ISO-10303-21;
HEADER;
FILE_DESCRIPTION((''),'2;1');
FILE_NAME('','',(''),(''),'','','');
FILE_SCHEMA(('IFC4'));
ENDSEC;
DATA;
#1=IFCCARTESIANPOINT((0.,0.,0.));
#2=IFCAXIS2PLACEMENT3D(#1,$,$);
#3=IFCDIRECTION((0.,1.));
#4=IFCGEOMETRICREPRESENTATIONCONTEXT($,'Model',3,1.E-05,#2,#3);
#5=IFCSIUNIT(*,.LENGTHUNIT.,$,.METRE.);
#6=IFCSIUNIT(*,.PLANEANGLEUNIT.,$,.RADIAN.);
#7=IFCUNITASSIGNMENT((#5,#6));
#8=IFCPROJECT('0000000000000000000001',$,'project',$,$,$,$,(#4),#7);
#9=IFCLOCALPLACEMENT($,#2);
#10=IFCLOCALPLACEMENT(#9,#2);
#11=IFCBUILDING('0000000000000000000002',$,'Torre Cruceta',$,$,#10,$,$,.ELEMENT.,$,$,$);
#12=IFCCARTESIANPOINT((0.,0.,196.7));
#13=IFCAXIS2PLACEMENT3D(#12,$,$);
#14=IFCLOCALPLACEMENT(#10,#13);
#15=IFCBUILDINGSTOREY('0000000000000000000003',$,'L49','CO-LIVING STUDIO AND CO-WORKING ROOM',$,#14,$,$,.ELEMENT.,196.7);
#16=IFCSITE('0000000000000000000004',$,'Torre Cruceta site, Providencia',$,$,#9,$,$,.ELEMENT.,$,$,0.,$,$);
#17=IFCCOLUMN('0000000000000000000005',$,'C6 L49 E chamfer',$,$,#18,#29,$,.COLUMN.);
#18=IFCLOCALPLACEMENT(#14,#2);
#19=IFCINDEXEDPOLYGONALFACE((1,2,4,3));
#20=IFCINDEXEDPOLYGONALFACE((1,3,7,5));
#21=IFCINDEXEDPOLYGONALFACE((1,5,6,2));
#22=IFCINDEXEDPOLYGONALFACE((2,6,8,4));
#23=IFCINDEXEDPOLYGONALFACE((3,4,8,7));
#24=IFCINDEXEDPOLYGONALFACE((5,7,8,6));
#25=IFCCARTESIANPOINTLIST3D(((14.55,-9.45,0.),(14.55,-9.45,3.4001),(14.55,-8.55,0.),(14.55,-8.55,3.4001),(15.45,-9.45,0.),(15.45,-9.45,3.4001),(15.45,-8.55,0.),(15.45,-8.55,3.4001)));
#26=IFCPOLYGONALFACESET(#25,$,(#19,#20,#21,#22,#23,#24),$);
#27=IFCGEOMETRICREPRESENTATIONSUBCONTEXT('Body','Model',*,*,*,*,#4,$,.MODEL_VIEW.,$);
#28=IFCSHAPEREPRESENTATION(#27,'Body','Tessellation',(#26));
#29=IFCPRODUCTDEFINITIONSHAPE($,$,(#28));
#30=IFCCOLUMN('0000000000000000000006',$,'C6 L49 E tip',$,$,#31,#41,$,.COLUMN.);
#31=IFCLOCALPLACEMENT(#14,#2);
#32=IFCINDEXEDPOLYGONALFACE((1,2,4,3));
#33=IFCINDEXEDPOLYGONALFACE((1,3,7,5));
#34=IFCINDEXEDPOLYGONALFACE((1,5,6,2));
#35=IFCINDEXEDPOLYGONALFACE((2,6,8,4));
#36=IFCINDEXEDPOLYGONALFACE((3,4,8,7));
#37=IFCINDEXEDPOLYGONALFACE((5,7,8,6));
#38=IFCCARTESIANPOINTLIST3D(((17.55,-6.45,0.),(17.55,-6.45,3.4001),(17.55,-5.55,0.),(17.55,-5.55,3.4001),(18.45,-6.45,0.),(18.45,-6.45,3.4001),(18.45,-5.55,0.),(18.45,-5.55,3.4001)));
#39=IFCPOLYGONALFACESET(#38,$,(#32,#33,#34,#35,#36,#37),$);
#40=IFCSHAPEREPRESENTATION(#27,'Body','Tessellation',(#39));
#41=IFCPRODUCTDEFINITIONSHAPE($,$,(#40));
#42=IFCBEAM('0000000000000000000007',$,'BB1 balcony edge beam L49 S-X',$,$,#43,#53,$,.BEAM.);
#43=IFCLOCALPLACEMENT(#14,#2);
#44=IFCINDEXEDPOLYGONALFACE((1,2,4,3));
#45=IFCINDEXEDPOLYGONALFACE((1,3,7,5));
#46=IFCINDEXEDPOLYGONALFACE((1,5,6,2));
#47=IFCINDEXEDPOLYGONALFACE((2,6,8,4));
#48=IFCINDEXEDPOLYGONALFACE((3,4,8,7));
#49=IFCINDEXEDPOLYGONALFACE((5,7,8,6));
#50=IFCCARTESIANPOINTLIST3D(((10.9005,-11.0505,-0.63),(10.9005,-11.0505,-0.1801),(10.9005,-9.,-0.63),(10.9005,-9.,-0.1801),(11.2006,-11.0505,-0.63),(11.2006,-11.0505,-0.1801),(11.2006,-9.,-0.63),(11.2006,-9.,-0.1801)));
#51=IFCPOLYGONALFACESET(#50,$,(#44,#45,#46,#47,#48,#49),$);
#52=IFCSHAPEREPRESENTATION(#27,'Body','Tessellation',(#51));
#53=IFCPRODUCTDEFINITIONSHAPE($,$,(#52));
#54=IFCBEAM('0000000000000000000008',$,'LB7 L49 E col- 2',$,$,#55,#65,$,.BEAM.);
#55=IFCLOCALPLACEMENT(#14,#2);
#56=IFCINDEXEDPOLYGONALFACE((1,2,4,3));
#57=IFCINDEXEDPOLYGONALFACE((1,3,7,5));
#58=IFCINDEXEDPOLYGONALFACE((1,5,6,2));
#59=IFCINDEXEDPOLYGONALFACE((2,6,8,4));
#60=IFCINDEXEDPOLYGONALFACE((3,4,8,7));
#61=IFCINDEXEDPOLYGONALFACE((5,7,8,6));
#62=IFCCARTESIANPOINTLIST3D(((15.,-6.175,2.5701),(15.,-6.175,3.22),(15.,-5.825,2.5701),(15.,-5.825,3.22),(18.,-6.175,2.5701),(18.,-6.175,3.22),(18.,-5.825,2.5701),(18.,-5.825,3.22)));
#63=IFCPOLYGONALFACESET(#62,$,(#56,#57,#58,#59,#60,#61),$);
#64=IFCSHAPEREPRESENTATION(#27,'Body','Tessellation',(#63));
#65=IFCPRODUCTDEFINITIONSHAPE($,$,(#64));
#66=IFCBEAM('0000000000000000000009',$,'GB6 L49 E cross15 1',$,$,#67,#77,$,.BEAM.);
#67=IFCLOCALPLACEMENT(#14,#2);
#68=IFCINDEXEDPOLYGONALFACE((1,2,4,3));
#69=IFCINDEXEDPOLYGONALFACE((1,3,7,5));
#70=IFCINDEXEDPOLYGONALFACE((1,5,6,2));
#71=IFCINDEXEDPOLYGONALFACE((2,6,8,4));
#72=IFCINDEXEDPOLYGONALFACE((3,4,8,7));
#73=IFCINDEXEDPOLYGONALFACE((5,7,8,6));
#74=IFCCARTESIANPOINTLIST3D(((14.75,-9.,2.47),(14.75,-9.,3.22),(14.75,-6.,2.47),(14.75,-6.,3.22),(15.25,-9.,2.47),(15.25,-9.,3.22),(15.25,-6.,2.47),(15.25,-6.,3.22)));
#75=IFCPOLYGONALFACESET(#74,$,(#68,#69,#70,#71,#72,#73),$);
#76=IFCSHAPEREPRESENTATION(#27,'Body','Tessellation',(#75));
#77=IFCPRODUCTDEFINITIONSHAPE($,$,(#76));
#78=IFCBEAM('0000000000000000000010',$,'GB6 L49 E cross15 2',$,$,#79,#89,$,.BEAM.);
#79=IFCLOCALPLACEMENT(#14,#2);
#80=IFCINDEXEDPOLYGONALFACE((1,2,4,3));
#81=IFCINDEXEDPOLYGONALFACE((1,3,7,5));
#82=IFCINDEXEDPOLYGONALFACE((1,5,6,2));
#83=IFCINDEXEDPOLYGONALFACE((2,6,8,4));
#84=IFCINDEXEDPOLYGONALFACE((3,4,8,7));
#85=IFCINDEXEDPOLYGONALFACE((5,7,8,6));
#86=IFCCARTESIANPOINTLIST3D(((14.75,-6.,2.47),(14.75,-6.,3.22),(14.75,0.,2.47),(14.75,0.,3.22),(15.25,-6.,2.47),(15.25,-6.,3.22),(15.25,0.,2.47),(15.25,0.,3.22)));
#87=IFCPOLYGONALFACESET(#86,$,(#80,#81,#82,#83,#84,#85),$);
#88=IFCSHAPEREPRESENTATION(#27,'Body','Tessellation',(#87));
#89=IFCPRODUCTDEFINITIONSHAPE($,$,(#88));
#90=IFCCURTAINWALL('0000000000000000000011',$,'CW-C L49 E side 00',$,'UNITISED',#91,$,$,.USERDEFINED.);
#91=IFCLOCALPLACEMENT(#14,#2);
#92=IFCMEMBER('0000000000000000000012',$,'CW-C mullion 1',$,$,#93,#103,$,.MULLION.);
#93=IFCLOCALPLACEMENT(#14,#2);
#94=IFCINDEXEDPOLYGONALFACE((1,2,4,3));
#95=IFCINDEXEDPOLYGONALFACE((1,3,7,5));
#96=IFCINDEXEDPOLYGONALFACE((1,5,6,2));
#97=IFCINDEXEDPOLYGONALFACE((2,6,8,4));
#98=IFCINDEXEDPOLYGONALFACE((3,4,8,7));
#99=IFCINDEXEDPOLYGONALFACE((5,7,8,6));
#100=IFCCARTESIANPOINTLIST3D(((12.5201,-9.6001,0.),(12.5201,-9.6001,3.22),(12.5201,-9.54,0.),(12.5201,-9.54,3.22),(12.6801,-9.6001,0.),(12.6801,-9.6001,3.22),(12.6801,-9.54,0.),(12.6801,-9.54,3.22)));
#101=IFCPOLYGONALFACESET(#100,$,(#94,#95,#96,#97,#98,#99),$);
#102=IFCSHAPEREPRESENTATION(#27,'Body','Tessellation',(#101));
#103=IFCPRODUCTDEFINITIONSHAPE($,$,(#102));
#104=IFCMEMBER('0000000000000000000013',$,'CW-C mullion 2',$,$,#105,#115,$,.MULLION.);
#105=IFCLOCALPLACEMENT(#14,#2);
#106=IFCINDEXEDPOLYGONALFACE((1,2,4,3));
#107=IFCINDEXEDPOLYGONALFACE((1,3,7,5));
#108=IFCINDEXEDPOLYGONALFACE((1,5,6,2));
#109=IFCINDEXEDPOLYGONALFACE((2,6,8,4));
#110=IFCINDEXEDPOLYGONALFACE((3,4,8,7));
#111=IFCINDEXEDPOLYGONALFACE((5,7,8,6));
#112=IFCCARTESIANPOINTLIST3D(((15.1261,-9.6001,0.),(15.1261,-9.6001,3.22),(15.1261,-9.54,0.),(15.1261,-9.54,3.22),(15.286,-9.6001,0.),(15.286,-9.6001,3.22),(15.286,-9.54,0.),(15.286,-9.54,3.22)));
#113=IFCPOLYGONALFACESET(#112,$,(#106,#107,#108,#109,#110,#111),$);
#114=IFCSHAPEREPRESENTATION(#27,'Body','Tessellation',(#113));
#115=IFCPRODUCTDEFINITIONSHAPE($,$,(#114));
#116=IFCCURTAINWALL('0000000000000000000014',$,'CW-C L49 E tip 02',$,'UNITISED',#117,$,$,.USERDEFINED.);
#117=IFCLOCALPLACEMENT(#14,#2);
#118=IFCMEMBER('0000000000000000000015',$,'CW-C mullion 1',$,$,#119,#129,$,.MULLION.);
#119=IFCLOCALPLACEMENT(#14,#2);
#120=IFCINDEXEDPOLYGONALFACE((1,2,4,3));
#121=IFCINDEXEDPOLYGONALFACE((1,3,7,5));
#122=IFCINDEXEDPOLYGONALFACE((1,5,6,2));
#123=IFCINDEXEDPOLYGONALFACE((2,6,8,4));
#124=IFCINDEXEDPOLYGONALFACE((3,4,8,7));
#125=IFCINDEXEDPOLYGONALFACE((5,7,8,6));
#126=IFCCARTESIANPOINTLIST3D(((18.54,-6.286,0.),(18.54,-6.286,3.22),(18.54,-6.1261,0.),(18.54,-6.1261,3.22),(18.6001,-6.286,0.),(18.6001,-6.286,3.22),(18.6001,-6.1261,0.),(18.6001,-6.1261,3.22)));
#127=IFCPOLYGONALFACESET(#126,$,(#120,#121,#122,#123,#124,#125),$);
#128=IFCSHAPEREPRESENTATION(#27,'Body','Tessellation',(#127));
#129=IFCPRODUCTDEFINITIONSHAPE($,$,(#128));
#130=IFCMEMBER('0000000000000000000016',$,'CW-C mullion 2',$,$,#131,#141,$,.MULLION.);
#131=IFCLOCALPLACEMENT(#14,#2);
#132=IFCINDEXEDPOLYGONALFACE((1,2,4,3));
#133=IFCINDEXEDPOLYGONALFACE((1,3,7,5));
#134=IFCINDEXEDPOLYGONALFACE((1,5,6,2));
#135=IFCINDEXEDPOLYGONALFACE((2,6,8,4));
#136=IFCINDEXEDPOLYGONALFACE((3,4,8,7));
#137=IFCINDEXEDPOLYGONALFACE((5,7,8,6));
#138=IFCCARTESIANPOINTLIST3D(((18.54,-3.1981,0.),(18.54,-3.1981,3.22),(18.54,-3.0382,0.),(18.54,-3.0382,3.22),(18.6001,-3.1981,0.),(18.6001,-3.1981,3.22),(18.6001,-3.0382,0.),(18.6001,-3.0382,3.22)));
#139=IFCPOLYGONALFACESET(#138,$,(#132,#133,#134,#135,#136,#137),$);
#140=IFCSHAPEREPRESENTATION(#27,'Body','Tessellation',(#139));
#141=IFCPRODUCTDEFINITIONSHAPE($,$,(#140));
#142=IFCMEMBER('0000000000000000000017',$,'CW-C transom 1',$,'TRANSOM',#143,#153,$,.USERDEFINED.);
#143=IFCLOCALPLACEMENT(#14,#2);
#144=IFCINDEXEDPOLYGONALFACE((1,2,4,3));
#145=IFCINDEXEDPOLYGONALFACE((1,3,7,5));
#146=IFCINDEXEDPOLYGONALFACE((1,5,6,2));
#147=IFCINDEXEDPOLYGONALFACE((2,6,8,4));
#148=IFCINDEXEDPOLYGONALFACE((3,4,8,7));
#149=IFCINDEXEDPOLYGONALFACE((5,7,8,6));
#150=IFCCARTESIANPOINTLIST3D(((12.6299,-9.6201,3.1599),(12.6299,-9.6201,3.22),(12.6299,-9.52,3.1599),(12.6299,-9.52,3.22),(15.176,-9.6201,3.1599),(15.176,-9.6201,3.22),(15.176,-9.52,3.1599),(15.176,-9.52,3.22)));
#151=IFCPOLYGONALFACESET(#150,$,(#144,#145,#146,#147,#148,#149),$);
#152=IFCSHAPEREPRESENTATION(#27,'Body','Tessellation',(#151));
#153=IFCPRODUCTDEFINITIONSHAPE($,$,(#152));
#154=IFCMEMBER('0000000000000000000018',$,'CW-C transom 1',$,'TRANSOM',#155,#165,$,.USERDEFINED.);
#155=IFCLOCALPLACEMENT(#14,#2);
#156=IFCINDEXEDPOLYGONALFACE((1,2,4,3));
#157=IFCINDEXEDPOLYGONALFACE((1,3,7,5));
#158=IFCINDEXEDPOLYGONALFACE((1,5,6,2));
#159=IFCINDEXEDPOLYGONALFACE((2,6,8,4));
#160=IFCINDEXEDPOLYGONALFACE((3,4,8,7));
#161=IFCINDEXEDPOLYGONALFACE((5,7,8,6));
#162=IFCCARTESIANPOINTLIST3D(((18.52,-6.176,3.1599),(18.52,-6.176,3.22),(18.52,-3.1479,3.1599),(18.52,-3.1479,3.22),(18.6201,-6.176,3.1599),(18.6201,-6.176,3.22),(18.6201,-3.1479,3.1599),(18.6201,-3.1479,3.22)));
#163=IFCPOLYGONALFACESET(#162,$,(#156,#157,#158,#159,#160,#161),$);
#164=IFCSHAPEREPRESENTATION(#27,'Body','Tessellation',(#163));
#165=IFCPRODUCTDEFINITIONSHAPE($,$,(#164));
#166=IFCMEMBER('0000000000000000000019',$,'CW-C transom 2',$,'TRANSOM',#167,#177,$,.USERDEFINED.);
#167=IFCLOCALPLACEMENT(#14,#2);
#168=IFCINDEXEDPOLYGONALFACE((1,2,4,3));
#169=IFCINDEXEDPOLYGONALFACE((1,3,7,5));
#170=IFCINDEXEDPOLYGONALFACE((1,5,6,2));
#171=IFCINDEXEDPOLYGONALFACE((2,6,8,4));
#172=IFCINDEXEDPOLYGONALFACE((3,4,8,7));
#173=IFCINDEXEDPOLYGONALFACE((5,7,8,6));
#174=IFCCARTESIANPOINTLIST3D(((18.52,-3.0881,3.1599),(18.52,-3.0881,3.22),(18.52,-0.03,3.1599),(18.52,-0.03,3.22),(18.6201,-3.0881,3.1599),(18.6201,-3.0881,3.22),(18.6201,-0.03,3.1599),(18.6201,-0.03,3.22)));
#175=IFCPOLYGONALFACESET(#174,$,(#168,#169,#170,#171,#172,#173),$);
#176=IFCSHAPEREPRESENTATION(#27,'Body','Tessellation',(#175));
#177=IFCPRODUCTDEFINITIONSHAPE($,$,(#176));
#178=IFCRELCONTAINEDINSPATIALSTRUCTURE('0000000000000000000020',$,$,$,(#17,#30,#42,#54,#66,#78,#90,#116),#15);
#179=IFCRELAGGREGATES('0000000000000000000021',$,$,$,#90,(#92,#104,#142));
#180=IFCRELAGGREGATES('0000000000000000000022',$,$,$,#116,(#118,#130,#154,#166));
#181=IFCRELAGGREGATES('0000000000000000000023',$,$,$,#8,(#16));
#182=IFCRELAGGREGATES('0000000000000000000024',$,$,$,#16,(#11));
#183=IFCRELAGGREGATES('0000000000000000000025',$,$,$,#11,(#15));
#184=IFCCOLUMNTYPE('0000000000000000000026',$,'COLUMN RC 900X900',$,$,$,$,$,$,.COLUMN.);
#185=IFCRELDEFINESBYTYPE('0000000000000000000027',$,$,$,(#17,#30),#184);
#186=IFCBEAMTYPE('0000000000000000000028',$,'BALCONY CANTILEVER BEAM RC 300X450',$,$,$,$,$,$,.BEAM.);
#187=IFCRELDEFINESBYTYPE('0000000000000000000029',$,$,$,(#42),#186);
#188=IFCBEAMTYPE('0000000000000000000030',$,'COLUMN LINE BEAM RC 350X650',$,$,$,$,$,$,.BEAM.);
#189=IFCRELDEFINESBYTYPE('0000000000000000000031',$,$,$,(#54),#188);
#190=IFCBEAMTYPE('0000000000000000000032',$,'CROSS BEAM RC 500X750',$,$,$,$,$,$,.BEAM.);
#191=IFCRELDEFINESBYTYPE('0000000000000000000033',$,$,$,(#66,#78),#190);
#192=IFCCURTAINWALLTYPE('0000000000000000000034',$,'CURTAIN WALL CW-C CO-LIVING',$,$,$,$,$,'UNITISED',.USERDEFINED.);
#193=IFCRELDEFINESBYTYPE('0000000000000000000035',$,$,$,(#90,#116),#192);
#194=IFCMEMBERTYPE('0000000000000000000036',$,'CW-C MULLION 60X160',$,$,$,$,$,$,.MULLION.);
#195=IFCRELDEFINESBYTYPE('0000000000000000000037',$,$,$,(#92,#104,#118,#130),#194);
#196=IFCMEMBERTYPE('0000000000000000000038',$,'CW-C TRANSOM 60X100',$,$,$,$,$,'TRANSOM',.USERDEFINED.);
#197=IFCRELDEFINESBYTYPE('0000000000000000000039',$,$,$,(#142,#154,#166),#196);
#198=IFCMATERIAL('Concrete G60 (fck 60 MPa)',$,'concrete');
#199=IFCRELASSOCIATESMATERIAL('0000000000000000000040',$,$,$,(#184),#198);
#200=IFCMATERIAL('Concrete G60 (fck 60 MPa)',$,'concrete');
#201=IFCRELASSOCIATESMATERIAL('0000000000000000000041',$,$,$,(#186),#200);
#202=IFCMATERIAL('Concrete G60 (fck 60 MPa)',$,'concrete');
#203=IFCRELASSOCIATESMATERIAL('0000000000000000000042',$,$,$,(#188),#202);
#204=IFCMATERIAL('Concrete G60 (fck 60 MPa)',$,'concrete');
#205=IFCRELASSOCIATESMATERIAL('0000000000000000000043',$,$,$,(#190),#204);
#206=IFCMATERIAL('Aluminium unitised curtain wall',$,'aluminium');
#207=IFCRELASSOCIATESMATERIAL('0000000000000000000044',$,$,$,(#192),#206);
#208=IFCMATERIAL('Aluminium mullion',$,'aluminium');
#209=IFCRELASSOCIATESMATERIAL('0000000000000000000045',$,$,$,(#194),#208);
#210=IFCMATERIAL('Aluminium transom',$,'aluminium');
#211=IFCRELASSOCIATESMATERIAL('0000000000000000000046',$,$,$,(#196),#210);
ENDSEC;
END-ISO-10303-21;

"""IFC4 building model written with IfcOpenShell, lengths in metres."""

from ifc_helpers import new_model, si_unit, direction, frame, origin, origin_2d, place, context, subcontext, project, spatial, rectangle, extrude, material, material_profile, profile_set, type_object, element, aggregate, save


model = new_model("IFC4")

# Units and contexts
model_context = context("Model", 3, precision=1e-05, world=origin(), true_north=direction((0.0, 1.0)))
body_context = subcontext(model_context, "Body", "Model", "MODEL_VIEW")
ifc_project = project(units=[si_unit("LENGTHUNIT", "METRE"), si_unit("PLANEANGLEUNIT", "RADIAN")], contexts=[model_context])

# Site, building, storey
site_placement = place(None, origin())
site = spatial("IfcSite", under=ifc_project, at=site_placement, Name="Torre Cruceta site, Providencia", CompositionType="ELEMENT", RefElevation=0.0)
building_placement = place(site_placement, origin())
building = spatial("IfcBuilding", under=site, at=building_placement, Name="Torre Cruceta", CompositionType="ELEMENT")
storey_placement = place(building_placement, frame((0.0, 0.0, 196.7)))
storey = spatial("IfcBuildingStorey", under=building, at=storey_placement, Name="L49", Description="CO-LIVING STUDIO AND CO-WORKING ROOM", CompositionType="ELEMENT", Elevation=196.7)

# Columns
ifc_material_1 = material(Name="Concrete G60 (fck 60 MPa)", Category="concrete")
ifc_material_profile_1 = material_profile(ifc_material_1, rectangle(XDim=0.8999, YDim=0.8999, at=origin_2d()), Name="RC 900X900")
ifc_profile_set_1 = profile_set([ifc_material_profile_1], Name="Concrete G60 (fck 60 MPa)")
column_type = type_object("IfcColumnType", Name="COLUMN RC 900X900", PredefinedType="COLUMN", material=ifc_profile_set_1)
for number, where, z_axis, x_axis, name in (
    (1, (15.0, -9.0, 0.0), (0.0, 0.0, 1.0), (1.0, 0.0, 0.0), "C6 L49 E chamfer"),
    (2, (18.0, -6.0, 0.0), (0.0, 0.0, 1.0), (1.0, 0.0, 0.0), "C6 L49 E tip"),
):
    element("IfcColumn", number, at=place(storey_placement, frame(where, z_axis=z_axis, x_axis=x_axis)), inside=storey, type_object=column_type, Name=name, PredefinedType="COLUMN", context=body_context, shape_type="SweptSolid", body=[
        extrude(rectangle(XDim=0.8999, YDim=0.8999, at=origin_2d()), origin(), (0.0, 0.0, 1.0), 3.4001),
    ])

# Beams
ifc_material_2 = material(Name="Concrete G60 (fck 60 MPa)", Category="concrete")
ifc_material_profile_2 = material_profile(ifc_material_2, rectangle(XDim=0.3, YDim=0.45, at=origin_2d()), Name="RC 300X450")
ifc_profile_set_2 = profile_set([ifc_material_profile_2], Name="Concrete G60 (fck 60 MPa)")
beam_type_1 = type_object("IfcBeamType", Name="BALCONY CANTILEVER BEAM RC 300X450", PredefinedType="BEAM", material=ifc_profile_set_2)
beam_1_placement = place(storey_placement, frame((11.0505, -9.0, -0.405), z_axis=(0.0, -1.0, 0.0), x_axis=(1.0, 0.0, 0.0)))
element("IfcBeam", 3, at=beam_1_placement, inside=storey, type_object=beam_type_1, Name="BB1 balcony edge beam L49 S-X", PredefinedType="BEAM", context=body_context, shape_type="SweptSolid", body=[
    extrude(rectangle(XDim=0.3, YDim=0.45, at=origin_2d()), origin(), (0.0, 0.0, 1.0), 2.0505),
])
ifc_material_3 = material(Name="Concrete G60 (fck 60 MPa)", Category="concrete")
ifc_material_profile_3 = material_profile(ifc_material_3, rectangle(XDim=0.3501, YDim=0.6499, at=origin_2d()), Name="RC 350X650")
ifc_profile_set_3 = profile_set([ifc_material_profile_3], Name="Concrete G60 (fck 60 MPa)")
beam_type_2 = type_object("IfcBeamType", Name="COLUMN LINE BEAM RC 350X650", PredefinedType="BEAM", material=ifc_profile_set_3)
beam_2_placement = place(storey_placement, frame((15.0, -6.0, 2.895), z_axis=(1.0, 0.0, 0.0), x_axis=(0.0, 1.0, 0.0)))
element("IfcBeam", 4, at=beam_2_placement, inside=storey, type_object=beam_type_2, Name="LB7 L49 E col- 2", PredefinedType="BEAM", context=body_context, shape_type="SweptSolid", body=[
    extrude(rectangle(XDim=0.3501, YDim=0.6499, at=origin_2d()), origin(), (0.0, 0.0, 1.0), 3.0),
])
ifc_material_4 = material(Name="Concrete G60 (fck 60 MPa)", Category="concrete")
ifc_material_profile_4 = material_profile(ifc_material_4, rectangle(XDim=0.5, YDim=0.75, at=origin_2d()), Name="RC 500X750")
ifc_profile_set_4 = profile_set([ifc_material_profile_4], Name="Concrete G60 (fck 60 MPa)")
beam_type_3 = type_object("IfcBeamType", Name="CROSS BEAM RC 500X750", PredefinedType="BEAM", material=ifc_profile_set_4)
beam_3_placement = place(storey_placement, frame((15.0, -9.0, 2.845), z_axis=(0.0, 1.0, 0.0), x_axis=(-1.0, 0.0, 0.0)))
element("IfcBeam", 5, at=beam_3_placement, inside=storey, type_object=beam_type_3, Name="GB6 L49 E cross15 1", PredefinedType="BEAM", context=body_context, shape_type="SweptSolid", body=[
    extrude(rectangle(XDim=0.5, YDim=0.75, at=origin_2d()), origin(), (0.0, 0.0, 1.0), 3.0),
])
beam_4_placement = place(storey_placement, frame((15.0, -6.0, 2.845), z_axis=(0.0, 1.0, 0.0), x_axis=(-1.0, 0.0, 0.0)))
element("IfcBeam", 6, at=beam_4_placement, inside=storey, type_object=beam_type_3, Name="GB6 L49 E cross15 2", PredefinedType="BEAM", context=body_context, shape_type="SweptSolid", body=[
    extrude(rectangle(XDim=0.5, YDim=0.75, at=origin_2d()), origin(), (0.0, 0.0, 1.0), 6.0),
])

# Curtain walls, members
ifc_material_5 = material(Name="Aluminium unitised curtain wall", Category="aluminium")
curtain_wall_type = type_object("IfcCurtainWallType", Name="CURTAIN WALL CW-C CO-LIVING", ElementType="UNITISED", PredefinedType="USERDEFINED", material=ifc_material_5)
curtain_wall_1_placement = place(storey_placement, origin())
curtain_wall_1 = element("IfcCurtainWall", 7, at=curtain_wall_1_placement, inside=storey, type_object=curtain_wall_type, Name="CW-C L49 E side 00", ObjectType="UNITISED", PredefinedType="USERDEFINED")
ifc_material_6 = material(Name="Aluminium mullion", Category="aluminium")
ifc_material_profile_5 = material_profile(ifc_material_6, rectangle(XDim=0.0601, YDim=0.1599, at=origin_2d()), Name="AL 60X160")
ifc_profile_set_5 = profile_set([ifc_material_profile_5], Name="Aluminium mullion")
member_type_1 = type_object("IfcMemberType", Name="CW-C MULLION 60X160", PredefinedType="MULLION", material=ifc_profile_set_5)
member_1_placement = place(storey_placement, frame((12.6001, -9.5701, 0.0), z_axis=(0.0, 0.0, 1.0), x_axis=(0.0, 1.0, 0.0)))
member_1 = element("IfcMember", 8, at=member_1_placement, type_object=member_type_1, Name="CW-C mullion 1", PredefinedType="MULLION", context=body_context, shape_type="SweptSolid", body=[
    extrude(rectangle(XDim=0.0601, YDim=0.1599, at=origin_2d()), origin(), (0.0, 0.0, 1.0), 3.22),
])
member_2_placement = place(storey_placement, frame((15.2061, -9.5701, 0.0), z_axis=(0.0, 0.0, 1.0), x_axis=(0.0, 1.0, 0.0)))
member_2 = element("IfcMember", 9, at=member_2_placement, type_object=member_type_1, Name="CW-C mullion 2", PredefinedType="MULLION", context=body_context, shape_type="SweptSolid", body=[
    extrude(rectangle(XDim=0.0601, YDim=0.1599, at=origin_2d()), origin(), (0.0, 0.0, 1.0), 3.22),
])
curtain_wall_2_placement = place(storey_placement, origin())
curtain_wall_2 = element("IfcCurtainWall", 10, at=curtain_wall_2_placement, inside=storey, type_object=curtain_wall_type, Name="CW-C L49 E tip 02", ObjectType="UNITISED", PredefinedType="USERDEFINED")
member_3_placement = place(storey_placement, frame((18.5701, -6.2061, 0.0), z_axis=(0.0, 0.0, 1.0), x_axis=(-1.0, 0.0, 0.0)))
member_3 = element("IfcMember", 11, at=member_3_placement, type_object=member_type_1, Name="CW-C mullion 1", PredefinedType="MULLION", context=body_context, shape_type="SweptSolid", body=[
    extrude(rectangle(XDim=0.0601, YDim=0.1599, at=origin_2d()), origin(), (0.0, 0.0, 1.0), 3.22),
])
member_4_placement = place(storey_placement, frame((18.5701, -3.1182, 0.0), z_axis=(0.0, 0.0, 1.0), x_axis=(-1.0, 0.0, 0.0)))
member_4 = element("IfcMember", 12, at=member_4_placement, type_object=member_type_1, Name="CW-C mullion 2", PredefinedType="MULLION", context=body_context, shape_type="SweptSolid", body=[
    extrude(rectangle(XDim=0.0601, YDim=0.1599, at=origin_2d()), origin(), (0.0, 0.0, 1.0), 3.22),
])

# Members
ifc_material_7 = material(Name="Aluminium transom", Category="aluminium")
ifc_material_profile_6 = material_profile(ifc_material_7, rectangle(XDim=0.1001, YDim=0.0601, at=origin_2d()), Name="AL 100X60")
ifc_profile_set_6 = profile_set([ifc_material_profile_6], Name="Aluminium transom")
member_type_2 = type_object("IfcMemberType", Name="CW-C TRANSOM 60X100", ElementType="TRANSOM", PredefinedType="USERDEFINED", material=ifc_profile_set_6)
member_5_placement = place(storey_placement, frame((12.6299, -9.5701, 3.1899), z_axis=(1.0, 0.0, 0.0), x_axis=(0.0, 1.0, 0.0)))
member_5 = element("IfcMember", 13, at=member_5_placement, type_object=member_type_2, Name="CW-C transom 1", ObjectType="TRANSOM", PredefinedType="USERDEFINED", context=body_context, shape_type="SweptSolid", body=[
    extrude(rectangle(XDim=0.1001, YDim=0.0601, at=origin_2d()), origin(), (0.0, 0.0, 1.0), 2.5461),
])
member_6_placement = place(storey_placement, frame((18.5701, -6.176, 3.1899), z_axis=(0.0, 1.0, 0.0), x_axis=(-1.0, 0.0, 0.0)))
member_6 = element("IfcMember", 14, at=member_6_placement, type_object=member_type_2, Name="CW-C transom 1", ObjectType="TRANSOM", PredefinedType="USERDEFINED", context=body_context, shape_type="SweptSolid", body=[
    extrude(rectangle(XDim=0.1001, YDim=0.0601, at=origin_2d()), origin(), (0.0, 0.0, 1.0), 3.0281),
])
member_7_placement = place(storey_placement, frame((18.5701, -3.0881, 3.1899), z_axis=(0.0, 1.0, 0.0), x_axis=(-1.0, 0.0, 0.0)))
member_7 = element("IfcMember", 15, at=member_7_placement, type_object=member_type_2, Name="CW-C transom 2", ObjectType="TRANSOM", PredefinedType="USERDEFINED", context=body_context, shape_type="SweptSolid", body=[
    extrude(rectangle(XDim=0.1001, YDim=0.0601, at=origin_2d()), origin(), (0.0, 0.0, 1.0), 3.0581),
])

aggregate(curtain_wall_1, [member_1, member_2, member_5])
aggregate(curtain_wall_2, [member_3, member_4, member_6, member_7])

save(model, "model.ifc")
